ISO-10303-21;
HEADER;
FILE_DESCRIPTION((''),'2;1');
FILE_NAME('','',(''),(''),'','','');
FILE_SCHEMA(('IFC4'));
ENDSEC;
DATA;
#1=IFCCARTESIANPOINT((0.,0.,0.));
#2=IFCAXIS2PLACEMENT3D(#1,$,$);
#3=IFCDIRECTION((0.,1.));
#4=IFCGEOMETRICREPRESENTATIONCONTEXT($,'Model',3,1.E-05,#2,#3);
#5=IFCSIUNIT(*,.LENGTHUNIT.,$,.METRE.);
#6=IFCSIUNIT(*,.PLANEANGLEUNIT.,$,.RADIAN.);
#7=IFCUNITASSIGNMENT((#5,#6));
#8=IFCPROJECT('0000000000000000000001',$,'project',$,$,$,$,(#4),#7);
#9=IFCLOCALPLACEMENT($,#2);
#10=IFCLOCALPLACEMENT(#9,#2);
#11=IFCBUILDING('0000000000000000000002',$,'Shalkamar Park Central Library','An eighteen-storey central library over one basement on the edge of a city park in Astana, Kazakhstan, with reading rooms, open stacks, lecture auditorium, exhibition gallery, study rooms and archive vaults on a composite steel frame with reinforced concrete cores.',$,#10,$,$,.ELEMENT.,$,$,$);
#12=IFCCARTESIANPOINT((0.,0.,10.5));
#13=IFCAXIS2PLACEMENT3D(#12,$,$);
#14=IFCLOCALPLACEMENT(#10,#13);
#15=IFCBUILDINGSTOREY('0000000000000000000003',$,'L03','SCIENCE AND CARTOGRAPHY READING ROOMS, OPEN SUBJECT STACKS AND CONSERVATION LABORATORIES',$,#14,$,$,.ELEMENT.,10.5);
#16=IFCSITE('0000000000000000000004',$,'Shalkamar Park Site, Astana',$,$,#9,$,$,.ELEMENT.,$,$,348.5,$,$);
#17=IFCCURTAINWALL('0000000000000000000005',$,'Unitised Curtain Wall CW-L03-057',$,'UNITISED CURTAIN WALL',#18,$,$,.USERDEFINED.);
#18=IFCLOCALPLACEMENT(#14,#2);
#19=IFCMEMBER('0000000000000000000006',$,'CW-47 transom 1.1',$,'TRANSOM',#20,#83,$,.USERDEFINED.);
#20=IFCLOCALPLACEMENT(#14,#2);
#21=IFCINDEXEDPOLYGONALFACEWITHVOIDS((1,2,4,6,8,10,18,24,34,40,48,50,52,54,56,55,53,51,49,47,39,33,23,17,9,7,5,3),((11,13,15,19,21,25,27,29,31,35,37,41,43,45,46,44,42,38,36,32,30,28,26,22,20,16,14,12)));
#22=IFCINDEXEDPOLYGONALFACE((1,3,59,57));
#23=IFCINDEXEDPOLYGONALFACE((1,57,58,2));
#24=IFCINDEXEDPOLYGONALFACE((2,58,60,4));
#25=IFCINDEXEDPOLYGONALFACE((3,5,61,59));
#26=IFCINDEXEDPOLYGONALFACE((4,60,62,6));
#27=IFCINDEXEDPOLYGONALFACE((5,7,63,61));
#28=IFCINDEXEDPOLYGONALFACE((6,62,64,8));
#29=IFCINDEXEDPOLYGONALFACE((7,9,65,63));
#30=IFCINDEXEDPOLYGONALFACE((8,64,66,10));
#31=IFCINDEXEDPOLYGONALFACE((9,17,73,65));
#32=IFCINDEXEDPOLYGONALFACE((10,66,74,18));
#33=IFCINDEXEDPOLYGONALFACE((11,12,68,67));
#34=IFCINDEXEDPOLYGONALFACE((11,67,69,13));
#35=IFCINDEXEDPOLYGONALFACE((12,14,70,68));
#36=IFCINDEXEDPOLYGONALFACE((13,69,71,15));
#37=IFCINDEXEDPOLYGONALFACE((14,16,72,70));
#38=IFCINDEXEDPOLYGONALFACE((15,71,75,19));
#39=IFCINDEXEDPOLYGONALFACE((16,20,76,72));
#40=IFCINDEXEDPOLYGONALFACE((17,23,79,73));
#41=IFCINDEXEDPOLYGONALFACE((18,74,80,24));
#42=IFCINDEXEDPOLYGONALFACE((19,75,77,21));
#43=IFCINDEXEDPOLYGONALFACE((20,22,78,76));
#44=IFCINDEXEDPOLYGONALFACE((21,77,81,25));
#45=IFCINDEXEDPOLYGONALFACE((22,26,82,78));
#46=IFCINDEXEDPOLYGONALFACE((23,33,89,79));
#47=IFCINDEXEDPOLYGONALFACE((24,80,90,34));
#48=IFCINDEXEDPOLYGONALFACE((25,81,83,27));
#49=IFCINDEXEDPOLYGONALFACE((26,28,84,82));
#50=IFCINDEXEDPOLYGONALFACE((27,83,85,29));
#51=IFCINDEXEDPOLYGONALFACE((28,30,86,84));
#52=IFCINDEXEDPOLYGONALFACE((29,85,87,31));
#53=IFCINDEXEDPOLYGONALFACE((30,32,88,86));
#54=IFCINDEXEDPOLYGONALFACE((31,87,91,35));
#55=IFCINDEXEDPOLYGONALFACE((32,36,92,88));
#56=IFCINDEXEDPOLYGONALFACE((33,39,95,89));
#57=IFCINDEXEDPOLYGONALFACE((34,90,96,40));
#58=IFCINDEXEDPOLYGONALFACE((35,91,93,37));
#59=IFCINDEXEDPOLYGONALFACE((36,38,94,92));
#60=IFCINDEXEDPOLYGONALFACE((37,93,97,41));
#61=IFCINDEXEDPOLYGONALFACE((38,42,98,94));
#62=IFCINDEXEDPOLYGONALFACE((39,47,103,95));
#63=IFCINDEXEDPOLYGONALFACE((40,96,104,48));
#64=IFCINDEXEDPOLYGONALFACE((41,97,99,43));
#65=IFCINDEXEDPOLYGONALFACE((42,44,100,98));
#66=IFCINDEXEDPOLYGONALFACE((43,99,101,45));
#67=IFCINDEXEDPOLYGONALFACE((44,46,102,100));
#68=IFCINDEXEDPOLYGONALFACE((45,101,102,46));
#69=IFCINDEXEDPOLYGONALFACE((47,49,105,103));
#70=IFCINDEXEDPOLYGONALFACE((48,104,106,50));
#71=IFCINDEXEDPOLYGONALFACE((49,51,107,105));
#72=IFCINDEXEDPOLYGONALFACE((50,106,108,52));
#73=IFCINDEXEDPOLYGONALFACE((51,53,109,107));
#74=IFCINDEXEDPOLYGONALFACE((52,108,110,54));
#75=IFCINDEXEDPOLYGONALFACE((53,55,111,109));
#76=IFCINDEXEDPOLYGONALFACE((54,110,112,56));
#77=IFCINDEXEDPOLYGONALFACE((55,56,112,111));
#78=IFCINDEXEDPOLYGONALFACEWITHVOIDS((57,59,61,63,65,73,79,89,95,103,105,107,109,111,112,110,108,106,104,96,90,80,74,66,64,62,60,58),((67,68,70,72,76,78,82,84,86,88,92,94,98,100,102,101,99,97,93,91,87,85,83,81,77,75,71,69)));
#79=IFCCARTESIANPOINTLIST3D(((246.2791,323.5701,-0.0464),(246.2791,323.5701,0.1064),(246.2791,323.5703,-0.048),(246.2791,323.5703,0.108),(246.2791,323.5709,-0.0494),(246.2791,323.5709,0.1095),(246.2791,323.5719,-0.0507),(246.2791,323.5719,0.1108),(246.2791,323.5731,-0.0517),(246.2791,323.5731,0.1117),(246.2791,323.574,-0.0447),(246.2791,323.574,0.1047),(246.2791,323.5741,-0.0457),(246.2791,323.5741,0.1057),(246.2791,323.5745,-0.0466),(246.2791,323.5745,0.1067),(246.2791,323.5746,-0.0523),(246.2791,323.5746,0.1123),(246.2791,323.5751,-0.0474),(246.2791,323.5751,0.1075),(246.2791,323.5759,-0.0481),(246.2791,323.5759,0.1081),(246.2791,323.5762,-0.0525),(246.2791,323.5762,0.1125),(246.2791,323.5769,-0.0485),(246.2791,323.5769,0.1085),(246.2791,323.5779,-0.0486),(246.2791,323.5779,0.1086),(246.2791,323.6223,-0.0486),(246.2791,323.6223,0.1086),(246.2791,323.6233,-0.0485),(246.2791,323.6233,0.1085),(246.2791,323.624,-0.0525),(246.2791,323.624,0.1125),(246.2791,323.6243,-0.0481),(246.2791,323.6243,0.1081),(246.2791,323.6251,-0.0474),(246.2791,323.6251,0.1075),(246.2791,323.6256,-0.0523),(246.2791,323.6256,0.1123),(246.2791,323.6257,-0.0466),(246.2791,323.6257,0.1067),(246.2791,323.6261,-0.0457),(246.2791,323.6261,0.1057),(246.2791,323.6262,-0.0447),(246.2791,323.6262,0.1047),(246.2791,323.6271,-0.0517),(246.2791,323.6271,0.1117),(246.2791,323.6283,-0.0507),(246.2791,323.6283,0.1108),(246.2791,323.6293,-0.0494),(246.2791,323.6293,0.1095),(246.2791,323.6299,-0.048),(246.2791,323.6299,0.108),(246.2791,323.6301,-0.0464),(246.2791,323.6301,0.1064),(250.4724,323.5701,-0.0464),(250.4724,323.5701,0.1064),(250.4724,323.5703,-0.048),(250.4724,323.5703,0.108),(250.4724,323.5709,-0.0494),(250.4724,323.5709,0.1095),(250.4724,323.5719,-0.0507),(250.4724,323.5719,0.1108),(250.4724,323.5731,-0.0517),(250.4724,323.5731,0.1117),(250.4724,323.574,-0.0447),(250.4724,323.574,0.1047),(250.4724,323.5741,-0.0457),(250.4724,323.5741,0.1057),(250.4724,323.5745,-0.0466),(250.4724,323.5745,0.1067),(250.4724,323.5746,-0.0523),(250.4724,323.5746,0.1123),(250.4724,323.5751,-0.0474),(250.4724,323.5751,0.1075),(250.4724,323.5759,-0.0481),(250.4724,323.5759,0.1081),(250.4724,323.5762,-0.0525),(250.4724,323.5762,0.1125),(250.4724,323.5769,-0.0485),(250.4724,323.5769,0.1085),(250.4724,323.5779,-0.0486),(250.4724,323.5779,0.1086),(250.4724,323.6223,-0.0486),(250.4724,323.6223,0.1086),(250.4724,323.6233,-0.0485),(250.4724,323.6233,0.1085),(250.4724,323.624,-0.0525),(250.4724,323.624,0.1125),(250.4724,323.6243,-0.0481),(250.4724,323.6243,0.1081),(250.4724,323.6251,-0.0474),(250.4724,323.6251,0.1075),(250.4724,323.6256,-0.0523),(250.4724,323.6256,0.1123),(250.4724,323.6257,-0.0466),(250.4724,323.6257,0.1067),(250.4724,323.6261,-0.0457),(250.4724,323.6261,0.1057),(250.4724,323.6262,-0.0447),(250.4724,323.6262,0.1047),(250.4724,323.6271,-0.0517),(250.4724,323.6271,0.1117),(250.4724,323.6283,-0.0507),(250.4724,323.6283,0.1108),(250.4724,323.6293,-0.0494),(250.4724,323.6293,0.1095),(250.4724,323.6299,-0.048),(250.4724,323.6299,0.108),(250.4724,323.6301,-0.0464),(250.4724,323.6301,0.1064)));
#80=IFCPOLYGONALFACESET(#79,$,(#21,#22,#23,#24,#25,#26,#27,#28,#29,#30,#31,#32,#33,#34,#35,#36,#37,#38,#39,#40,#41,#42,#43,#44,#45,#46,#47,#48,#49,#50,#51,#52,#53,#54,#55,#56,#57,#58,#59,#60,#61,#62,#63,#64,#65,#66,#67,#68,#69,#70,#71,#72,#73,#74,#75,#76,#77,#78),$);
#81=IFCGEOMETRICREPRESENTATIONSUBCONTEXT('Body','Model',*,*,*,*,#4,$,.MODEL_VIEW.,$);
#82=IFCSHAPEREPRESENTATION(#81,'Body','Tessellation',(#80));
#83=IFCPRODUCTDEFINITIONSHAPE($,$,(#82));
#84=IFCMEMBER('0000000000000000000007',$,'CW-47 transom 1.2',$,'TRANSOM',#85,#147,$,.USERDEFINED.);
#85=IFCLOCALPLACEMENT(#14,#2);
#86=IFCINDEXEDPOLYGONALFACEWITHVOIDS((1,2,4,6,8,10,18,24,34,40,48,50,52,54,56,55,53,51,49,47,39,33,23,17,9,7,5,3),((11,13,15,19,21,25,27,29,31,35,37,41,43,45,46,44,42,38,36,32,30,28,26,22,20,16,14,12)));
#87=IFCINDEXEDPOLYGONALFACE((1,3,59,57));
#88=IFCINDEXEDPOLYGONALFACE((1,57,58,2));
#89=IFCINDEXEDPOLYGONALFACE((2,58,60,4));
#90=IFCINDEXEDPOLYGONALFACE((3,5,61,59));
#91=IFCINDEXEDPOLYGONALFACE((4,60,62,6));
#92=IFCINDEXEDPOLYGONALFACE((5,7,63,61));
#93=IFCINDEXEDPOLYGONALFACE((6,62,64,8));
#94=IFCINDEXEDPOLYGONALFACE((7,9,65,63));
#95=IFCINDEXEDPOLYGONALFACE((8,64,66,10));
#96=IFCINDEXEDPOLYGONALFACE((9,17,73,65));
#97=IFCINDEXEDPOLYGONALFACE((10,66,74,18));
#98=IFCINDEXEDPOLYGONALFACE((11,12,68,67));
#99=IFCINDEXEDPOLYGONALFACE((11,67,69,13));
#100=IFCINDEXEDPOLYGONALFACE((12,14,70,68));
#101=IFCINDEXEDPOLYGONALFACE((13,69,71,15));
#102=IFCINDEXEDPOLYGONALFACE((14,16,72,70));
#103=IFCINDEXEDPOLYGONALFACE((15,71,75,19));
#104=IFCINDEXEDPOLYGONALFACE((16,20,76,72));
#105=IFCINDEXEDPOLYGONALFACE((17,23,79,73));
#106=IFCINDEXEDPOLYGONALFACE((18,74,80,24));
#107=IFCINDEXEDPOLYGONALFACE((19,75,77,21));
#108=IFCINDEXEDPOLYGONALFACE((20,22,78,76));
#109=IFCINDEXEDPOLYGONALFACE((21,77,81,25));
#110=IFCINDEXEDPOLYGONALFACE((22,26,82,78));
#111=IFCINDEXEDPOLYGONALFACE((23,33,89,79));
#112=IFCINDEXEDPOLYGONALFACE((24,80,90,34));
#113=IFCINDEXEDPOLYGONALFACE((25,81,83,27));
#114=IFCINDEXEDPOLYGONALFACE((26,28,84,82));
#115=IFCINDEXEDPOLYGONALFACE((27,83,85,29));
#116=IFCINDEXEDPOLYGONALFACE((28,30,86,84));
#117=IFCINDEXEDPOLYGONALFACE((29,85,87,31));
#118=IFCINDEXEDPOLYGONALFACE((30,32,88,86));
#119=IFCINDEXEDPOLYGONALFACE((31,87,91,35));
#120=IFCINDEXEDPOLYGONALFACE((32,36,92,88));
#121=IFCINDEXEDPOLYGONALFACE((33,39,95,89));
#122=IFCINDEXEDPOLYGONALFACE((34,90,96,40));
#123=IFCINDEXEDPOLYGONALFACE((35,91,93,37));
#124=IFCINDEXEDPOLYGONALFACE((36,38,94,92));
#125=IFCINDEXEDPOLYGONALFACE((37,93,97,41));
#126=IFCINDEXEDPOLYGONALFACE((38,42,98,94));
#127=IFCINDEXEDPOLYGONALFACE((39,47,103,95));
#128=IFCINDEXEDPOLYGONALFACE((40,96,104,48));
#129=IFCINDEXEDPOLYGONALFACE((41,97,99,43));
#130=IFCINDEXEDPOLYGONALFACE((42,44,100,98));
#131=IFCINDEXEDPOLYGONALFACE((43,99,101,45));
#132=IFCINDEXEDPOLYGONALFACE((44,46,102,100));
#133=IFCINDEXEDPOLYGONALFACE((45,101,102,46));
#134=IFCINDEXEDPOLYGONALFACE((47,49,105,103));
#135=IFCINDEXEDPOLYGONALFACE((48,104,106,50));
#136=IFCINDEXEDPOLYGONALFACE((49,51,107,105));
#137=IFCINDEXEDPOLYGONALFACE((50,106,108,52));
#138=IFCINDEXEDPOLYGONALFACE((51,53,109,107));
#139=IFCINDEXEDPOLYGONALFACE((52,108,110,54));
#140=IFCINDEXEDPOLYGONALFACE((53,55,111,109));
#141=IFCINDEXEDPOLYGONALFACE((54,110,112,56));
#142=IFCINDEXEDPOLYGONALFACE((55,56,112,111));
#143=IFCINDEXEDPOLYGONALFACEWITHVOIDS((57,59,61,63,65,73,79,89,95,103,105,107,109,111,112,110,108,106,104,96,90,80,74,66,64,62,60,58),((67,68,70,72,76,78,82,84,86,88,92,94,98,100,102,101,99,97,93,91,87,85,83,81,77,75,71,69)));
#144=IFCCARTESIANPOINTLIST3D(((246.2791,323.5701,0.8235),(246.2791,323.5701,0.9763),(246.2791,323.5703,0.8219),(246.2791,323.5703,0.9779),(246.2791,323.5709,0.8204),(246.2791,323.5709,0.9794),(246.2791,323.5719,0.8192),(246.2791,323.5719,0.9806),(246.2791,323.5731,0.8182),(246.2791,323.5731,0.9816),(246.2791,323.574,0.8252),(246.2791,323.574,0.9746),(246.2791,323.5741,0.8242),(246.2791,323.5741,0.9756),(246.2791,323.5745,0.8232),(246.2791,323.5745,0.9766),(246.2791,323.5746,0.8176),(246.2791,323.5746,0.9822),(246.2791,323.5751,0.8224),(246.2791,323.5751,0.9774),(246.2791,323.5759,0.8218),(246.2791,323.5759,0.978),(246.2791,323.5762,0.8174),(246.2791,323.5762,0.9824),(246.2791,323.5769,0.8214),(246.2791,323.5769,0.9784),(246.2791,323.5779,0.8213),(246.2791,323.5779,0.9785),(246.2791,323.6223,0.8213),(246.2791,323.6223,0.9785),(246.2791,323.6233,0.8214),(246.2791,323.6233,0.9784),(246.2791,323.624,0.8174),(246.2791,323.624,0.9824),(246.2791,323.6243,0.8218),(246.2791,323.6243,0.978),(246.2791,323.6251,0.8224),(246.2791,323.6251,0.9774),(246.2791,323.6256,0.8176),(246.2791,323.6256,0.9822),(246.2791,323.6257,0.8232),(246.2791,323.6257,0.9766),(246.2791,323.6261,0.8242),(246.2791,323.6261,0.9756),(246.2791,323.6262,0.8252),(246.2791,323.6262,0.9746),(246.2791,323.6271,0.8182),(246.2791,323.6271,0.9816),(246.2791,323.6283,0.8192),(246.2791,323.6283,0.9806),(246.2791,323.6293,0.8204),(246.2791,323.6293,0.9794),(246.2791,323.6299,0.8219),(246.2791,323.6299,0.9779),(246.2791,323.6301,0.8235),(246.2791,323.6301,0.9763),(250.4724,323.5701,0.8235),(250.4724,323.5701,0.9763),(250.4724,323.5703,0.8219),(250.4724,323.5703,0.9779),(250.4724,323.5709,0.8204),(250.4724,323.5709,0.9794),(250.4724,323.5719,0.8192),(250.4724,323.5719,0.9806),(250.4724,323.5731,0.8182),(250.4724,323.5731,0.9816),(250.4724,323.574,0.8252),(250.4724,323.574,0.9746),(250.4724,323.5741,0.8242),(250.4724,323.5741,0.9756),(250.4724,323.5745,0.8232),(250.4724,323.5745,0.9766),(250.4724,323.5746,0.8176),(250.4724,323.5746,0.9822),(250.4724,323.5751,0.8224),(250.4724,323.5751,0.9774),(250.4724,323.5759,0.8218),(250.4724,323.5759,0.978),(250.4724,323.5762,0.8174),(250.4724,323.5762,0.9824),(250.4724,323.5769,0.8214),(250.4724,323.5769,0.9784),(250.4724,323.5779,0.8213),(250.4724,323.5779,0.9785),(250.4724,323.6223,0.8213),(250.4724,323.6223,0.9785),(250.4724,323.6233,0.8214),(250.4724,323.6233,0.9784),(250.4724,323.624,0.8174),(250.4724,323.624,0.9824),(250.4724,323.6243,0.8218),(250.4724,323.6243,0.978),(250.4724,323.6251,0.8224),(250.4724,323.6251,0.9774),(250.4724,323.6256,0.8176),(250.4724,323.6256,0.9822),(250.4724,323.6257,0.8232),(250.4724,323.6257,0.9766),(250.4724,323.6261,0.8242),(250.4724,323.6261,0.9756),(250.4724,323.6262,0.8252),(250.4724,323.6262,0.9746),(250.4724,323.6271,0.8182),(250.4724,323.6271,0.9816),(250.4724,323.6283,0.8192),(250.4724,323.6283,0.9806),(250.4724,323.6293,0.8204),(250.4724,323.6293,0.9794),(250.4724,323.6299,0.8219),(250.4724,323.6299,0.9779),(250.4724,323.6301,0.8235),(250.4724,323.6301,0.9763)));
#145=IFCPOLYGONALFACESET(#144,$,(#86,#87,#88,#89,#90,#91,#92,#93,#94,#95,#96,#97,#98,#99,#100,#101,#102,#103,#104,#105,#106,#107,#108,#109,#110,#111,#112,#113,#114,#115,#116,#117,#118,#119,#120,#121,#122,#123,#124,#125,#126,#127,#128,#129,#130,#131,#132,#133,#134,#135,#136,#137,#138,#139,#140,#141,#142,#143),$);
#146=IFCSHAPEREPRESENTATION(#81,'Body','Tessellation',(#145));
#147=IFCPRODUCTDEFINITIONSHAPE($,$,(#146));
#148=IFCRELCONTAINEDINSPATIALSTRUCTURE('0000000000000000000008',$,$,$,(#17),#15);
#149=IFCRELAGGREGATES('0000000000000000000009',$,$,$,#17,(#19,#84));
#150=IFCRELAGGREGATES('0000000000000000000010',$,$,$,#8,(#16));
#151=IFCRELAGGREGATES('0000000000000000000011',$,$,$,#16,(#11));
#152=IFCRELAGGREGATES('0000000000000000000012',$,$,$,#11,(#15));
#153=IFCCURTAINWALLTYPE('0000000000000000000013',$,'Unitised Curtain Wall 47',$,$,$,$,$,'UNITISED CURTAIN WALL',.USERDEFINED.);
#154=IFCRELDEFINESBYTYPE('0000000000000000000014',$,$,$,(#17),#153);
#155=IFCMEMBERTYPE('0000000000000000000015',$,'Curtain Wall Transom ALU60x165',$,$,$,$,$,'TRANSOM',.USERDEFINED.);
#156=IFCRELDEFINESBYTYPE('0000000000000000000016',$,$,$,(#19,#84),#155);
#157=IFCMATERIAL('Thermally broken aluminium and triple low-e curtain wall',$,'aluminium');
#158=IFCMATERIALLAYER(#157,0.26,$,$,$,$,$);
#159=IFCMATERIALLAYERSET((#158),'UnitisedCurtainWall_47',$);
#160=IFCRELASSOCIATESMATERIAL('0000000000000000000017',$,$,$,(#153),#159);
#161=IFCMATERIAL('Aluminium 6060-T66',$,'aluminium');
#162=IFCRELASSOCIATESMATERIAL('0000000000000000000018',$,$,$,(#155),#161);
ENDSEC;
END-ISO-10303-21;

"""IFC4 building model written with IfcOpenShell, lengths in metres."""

from ifc_helpers import new_model, si_unit, direction, frame, origin, origin_2d, place, context, subcontext, project, spatial, hollow_rectangle, extrude, material, layer, layer_set, material_profile, profile_set, type_object, element, aggregate, save


model = new_model("IFC4")

# Units and contexts
model_context = context("Model", 3, precision=1e-05, world=origin(), true_north=direction((0.0, 1.0)))
body_context = subcontext(model_context, "Body", "Model", "MODEL_VIEW")
ifc_project = project(units=[si_unit("LENGTHUNIT", "METRE"), si_unit("PLANEANGLEUNIT", "RADIAN")], contexts=[model_context])

# Site, building, storey
site_placement = place(None, origin())
site = spatial("IfcSite", under=ifc_project, at=site_placement, Name="Shalkamar Park Site, Astana", CompositionType="ELEMENT", RefElevation=348.5)
building_placement = place(site_placement, origin())
building = spatial("IfcBuilding", under=site, at=building_placement, Name="Shalkamar Park Central Library", Description="An eighteen-storey central library over one basement on the edge of a city park in Astana, Kazakhstan, with reading rooms, open stacks, lecture auditorium, exhibition gallery, study rooms and archive vaults on a composite steel frame with reinforced concrete cores.", CompositionType="ELEMENT")
storey_placement = place(building_placement, frame((0.0, 0.0, 10.5)))
storey = spatial("IfcBuildingStorey", under=building, at=storey_placement, Name="L03", Description="SCIENCE AND CARTOGRAPHY READING ROOMS, OPEN SUBJECT STACKS AND CONSERVATION LABORATORIES", CompositionType="ELEMENT", Elevation=10.5)

# Shared definitions
ifc_material_1 = material(Name="Thermally broken aluminium and triple low-e curtain wall", Category="aluminium")
ifc_material_2 = material(Name="Aluminium 6060-T66", Category="aluminium")

# Curtain wall, members
ifc_layer_1 = layer(ifc_material_1, 0.26)
ifc_layer_set_1 = layer_set([ifc_layer_1], Name="UnitisedCurtainWall_47")
curtain_wall_type_1 = type_object("IfcCurtainWallType", Name="Unitised Curtain Wall 47", ElementType="UNITISED CURTAIN WALL", PredefinedType="USERDEFINED", material=ifc_layer_set_1)
curtain_wall_1_placement = place(storey_placement, origin())
curtain_wall_1 = element("IfcCurtainWall", 1, at=curtain_wall_1_placement, inside=storey, type_object=curtain_wall_type_1, Name="Unitised Curtain Wall CW-L03-057", ObjectType="UNITISED CURTAIN WALL", PredefinedType="USERDEFINED")
ifc_material_profile_1 = material_profile(ifc_material_2, hollow_rectangle(XDim=0.0601, YDim=0.165, WallThickness=0.0039, InnerFilletRadius=0.0039, OuterFilletRadius=0.0061, at=origin_2d()), Name="ALU 60x165x4")
ifc_profile_set_1 = profile_set([ifc_material_profile_1], Name="Aluminium 6060-T66")
member_type_1 = type_object("IfcMemberType", Name="Curtain Wall Transom ALU60x165", ElementType="TRANSOM", PredefinedType="USERDEFINED", material=ifc_profile_set_1)
member_1_placement = place(storey_placement, frame((246.2791, 323.6001, 0.03), z_axis=(1.0, 0.0, 0.0), x_axis=(0.0, 1.0, 0.0)))
member_1 = element("IfcMember", 2, at=member_1_placement, type_object=member_type_1, Name="CW-47 transom 1.1", ObjectType="TRANSOM", PredefinedType="USERDEFINED", context=body_context, shape_type="SweptSolid", body=[
    extrude(hollow_rectangle(XDim=0.0601, YDim=0.165, WallThickness=0.0039, InnerFilletRadius=0.0039, OuterFilletRadius=0.0061, at=origin_2d()), origin(), (0.0, 0.0, 1.0), 4.1934),
])
member_2_placement = place(storey_placement, frame((246.2791, 323.6001, 0.8999), z_axis=(1.0, 0.0, 0.0), x_axis=(0.0, 1.0, 0.0)))
member_2 = element("IfcMember", 3, at=member_2_placement, type_object=member_type_1, Name="CW-47 transom 1.2", ObjectType="TRANSOM", PredefinedType="USERDEFINED", context=body_context, shape_type="SweptSolid", body=[
    extrude(hollow_rectangle(XDim=0.0601, YDim=0.165, WallThickness=0.0039, InnerFilletRadius=0.0039, OuterFilletRadius=0.0061, at=origin_2d()), origin(), (0.0, 0.0, 1.0), 4.1934),
])

aggregate(curtain_wall_1, [member_1, member_2])

save(model, "model.ifc")
